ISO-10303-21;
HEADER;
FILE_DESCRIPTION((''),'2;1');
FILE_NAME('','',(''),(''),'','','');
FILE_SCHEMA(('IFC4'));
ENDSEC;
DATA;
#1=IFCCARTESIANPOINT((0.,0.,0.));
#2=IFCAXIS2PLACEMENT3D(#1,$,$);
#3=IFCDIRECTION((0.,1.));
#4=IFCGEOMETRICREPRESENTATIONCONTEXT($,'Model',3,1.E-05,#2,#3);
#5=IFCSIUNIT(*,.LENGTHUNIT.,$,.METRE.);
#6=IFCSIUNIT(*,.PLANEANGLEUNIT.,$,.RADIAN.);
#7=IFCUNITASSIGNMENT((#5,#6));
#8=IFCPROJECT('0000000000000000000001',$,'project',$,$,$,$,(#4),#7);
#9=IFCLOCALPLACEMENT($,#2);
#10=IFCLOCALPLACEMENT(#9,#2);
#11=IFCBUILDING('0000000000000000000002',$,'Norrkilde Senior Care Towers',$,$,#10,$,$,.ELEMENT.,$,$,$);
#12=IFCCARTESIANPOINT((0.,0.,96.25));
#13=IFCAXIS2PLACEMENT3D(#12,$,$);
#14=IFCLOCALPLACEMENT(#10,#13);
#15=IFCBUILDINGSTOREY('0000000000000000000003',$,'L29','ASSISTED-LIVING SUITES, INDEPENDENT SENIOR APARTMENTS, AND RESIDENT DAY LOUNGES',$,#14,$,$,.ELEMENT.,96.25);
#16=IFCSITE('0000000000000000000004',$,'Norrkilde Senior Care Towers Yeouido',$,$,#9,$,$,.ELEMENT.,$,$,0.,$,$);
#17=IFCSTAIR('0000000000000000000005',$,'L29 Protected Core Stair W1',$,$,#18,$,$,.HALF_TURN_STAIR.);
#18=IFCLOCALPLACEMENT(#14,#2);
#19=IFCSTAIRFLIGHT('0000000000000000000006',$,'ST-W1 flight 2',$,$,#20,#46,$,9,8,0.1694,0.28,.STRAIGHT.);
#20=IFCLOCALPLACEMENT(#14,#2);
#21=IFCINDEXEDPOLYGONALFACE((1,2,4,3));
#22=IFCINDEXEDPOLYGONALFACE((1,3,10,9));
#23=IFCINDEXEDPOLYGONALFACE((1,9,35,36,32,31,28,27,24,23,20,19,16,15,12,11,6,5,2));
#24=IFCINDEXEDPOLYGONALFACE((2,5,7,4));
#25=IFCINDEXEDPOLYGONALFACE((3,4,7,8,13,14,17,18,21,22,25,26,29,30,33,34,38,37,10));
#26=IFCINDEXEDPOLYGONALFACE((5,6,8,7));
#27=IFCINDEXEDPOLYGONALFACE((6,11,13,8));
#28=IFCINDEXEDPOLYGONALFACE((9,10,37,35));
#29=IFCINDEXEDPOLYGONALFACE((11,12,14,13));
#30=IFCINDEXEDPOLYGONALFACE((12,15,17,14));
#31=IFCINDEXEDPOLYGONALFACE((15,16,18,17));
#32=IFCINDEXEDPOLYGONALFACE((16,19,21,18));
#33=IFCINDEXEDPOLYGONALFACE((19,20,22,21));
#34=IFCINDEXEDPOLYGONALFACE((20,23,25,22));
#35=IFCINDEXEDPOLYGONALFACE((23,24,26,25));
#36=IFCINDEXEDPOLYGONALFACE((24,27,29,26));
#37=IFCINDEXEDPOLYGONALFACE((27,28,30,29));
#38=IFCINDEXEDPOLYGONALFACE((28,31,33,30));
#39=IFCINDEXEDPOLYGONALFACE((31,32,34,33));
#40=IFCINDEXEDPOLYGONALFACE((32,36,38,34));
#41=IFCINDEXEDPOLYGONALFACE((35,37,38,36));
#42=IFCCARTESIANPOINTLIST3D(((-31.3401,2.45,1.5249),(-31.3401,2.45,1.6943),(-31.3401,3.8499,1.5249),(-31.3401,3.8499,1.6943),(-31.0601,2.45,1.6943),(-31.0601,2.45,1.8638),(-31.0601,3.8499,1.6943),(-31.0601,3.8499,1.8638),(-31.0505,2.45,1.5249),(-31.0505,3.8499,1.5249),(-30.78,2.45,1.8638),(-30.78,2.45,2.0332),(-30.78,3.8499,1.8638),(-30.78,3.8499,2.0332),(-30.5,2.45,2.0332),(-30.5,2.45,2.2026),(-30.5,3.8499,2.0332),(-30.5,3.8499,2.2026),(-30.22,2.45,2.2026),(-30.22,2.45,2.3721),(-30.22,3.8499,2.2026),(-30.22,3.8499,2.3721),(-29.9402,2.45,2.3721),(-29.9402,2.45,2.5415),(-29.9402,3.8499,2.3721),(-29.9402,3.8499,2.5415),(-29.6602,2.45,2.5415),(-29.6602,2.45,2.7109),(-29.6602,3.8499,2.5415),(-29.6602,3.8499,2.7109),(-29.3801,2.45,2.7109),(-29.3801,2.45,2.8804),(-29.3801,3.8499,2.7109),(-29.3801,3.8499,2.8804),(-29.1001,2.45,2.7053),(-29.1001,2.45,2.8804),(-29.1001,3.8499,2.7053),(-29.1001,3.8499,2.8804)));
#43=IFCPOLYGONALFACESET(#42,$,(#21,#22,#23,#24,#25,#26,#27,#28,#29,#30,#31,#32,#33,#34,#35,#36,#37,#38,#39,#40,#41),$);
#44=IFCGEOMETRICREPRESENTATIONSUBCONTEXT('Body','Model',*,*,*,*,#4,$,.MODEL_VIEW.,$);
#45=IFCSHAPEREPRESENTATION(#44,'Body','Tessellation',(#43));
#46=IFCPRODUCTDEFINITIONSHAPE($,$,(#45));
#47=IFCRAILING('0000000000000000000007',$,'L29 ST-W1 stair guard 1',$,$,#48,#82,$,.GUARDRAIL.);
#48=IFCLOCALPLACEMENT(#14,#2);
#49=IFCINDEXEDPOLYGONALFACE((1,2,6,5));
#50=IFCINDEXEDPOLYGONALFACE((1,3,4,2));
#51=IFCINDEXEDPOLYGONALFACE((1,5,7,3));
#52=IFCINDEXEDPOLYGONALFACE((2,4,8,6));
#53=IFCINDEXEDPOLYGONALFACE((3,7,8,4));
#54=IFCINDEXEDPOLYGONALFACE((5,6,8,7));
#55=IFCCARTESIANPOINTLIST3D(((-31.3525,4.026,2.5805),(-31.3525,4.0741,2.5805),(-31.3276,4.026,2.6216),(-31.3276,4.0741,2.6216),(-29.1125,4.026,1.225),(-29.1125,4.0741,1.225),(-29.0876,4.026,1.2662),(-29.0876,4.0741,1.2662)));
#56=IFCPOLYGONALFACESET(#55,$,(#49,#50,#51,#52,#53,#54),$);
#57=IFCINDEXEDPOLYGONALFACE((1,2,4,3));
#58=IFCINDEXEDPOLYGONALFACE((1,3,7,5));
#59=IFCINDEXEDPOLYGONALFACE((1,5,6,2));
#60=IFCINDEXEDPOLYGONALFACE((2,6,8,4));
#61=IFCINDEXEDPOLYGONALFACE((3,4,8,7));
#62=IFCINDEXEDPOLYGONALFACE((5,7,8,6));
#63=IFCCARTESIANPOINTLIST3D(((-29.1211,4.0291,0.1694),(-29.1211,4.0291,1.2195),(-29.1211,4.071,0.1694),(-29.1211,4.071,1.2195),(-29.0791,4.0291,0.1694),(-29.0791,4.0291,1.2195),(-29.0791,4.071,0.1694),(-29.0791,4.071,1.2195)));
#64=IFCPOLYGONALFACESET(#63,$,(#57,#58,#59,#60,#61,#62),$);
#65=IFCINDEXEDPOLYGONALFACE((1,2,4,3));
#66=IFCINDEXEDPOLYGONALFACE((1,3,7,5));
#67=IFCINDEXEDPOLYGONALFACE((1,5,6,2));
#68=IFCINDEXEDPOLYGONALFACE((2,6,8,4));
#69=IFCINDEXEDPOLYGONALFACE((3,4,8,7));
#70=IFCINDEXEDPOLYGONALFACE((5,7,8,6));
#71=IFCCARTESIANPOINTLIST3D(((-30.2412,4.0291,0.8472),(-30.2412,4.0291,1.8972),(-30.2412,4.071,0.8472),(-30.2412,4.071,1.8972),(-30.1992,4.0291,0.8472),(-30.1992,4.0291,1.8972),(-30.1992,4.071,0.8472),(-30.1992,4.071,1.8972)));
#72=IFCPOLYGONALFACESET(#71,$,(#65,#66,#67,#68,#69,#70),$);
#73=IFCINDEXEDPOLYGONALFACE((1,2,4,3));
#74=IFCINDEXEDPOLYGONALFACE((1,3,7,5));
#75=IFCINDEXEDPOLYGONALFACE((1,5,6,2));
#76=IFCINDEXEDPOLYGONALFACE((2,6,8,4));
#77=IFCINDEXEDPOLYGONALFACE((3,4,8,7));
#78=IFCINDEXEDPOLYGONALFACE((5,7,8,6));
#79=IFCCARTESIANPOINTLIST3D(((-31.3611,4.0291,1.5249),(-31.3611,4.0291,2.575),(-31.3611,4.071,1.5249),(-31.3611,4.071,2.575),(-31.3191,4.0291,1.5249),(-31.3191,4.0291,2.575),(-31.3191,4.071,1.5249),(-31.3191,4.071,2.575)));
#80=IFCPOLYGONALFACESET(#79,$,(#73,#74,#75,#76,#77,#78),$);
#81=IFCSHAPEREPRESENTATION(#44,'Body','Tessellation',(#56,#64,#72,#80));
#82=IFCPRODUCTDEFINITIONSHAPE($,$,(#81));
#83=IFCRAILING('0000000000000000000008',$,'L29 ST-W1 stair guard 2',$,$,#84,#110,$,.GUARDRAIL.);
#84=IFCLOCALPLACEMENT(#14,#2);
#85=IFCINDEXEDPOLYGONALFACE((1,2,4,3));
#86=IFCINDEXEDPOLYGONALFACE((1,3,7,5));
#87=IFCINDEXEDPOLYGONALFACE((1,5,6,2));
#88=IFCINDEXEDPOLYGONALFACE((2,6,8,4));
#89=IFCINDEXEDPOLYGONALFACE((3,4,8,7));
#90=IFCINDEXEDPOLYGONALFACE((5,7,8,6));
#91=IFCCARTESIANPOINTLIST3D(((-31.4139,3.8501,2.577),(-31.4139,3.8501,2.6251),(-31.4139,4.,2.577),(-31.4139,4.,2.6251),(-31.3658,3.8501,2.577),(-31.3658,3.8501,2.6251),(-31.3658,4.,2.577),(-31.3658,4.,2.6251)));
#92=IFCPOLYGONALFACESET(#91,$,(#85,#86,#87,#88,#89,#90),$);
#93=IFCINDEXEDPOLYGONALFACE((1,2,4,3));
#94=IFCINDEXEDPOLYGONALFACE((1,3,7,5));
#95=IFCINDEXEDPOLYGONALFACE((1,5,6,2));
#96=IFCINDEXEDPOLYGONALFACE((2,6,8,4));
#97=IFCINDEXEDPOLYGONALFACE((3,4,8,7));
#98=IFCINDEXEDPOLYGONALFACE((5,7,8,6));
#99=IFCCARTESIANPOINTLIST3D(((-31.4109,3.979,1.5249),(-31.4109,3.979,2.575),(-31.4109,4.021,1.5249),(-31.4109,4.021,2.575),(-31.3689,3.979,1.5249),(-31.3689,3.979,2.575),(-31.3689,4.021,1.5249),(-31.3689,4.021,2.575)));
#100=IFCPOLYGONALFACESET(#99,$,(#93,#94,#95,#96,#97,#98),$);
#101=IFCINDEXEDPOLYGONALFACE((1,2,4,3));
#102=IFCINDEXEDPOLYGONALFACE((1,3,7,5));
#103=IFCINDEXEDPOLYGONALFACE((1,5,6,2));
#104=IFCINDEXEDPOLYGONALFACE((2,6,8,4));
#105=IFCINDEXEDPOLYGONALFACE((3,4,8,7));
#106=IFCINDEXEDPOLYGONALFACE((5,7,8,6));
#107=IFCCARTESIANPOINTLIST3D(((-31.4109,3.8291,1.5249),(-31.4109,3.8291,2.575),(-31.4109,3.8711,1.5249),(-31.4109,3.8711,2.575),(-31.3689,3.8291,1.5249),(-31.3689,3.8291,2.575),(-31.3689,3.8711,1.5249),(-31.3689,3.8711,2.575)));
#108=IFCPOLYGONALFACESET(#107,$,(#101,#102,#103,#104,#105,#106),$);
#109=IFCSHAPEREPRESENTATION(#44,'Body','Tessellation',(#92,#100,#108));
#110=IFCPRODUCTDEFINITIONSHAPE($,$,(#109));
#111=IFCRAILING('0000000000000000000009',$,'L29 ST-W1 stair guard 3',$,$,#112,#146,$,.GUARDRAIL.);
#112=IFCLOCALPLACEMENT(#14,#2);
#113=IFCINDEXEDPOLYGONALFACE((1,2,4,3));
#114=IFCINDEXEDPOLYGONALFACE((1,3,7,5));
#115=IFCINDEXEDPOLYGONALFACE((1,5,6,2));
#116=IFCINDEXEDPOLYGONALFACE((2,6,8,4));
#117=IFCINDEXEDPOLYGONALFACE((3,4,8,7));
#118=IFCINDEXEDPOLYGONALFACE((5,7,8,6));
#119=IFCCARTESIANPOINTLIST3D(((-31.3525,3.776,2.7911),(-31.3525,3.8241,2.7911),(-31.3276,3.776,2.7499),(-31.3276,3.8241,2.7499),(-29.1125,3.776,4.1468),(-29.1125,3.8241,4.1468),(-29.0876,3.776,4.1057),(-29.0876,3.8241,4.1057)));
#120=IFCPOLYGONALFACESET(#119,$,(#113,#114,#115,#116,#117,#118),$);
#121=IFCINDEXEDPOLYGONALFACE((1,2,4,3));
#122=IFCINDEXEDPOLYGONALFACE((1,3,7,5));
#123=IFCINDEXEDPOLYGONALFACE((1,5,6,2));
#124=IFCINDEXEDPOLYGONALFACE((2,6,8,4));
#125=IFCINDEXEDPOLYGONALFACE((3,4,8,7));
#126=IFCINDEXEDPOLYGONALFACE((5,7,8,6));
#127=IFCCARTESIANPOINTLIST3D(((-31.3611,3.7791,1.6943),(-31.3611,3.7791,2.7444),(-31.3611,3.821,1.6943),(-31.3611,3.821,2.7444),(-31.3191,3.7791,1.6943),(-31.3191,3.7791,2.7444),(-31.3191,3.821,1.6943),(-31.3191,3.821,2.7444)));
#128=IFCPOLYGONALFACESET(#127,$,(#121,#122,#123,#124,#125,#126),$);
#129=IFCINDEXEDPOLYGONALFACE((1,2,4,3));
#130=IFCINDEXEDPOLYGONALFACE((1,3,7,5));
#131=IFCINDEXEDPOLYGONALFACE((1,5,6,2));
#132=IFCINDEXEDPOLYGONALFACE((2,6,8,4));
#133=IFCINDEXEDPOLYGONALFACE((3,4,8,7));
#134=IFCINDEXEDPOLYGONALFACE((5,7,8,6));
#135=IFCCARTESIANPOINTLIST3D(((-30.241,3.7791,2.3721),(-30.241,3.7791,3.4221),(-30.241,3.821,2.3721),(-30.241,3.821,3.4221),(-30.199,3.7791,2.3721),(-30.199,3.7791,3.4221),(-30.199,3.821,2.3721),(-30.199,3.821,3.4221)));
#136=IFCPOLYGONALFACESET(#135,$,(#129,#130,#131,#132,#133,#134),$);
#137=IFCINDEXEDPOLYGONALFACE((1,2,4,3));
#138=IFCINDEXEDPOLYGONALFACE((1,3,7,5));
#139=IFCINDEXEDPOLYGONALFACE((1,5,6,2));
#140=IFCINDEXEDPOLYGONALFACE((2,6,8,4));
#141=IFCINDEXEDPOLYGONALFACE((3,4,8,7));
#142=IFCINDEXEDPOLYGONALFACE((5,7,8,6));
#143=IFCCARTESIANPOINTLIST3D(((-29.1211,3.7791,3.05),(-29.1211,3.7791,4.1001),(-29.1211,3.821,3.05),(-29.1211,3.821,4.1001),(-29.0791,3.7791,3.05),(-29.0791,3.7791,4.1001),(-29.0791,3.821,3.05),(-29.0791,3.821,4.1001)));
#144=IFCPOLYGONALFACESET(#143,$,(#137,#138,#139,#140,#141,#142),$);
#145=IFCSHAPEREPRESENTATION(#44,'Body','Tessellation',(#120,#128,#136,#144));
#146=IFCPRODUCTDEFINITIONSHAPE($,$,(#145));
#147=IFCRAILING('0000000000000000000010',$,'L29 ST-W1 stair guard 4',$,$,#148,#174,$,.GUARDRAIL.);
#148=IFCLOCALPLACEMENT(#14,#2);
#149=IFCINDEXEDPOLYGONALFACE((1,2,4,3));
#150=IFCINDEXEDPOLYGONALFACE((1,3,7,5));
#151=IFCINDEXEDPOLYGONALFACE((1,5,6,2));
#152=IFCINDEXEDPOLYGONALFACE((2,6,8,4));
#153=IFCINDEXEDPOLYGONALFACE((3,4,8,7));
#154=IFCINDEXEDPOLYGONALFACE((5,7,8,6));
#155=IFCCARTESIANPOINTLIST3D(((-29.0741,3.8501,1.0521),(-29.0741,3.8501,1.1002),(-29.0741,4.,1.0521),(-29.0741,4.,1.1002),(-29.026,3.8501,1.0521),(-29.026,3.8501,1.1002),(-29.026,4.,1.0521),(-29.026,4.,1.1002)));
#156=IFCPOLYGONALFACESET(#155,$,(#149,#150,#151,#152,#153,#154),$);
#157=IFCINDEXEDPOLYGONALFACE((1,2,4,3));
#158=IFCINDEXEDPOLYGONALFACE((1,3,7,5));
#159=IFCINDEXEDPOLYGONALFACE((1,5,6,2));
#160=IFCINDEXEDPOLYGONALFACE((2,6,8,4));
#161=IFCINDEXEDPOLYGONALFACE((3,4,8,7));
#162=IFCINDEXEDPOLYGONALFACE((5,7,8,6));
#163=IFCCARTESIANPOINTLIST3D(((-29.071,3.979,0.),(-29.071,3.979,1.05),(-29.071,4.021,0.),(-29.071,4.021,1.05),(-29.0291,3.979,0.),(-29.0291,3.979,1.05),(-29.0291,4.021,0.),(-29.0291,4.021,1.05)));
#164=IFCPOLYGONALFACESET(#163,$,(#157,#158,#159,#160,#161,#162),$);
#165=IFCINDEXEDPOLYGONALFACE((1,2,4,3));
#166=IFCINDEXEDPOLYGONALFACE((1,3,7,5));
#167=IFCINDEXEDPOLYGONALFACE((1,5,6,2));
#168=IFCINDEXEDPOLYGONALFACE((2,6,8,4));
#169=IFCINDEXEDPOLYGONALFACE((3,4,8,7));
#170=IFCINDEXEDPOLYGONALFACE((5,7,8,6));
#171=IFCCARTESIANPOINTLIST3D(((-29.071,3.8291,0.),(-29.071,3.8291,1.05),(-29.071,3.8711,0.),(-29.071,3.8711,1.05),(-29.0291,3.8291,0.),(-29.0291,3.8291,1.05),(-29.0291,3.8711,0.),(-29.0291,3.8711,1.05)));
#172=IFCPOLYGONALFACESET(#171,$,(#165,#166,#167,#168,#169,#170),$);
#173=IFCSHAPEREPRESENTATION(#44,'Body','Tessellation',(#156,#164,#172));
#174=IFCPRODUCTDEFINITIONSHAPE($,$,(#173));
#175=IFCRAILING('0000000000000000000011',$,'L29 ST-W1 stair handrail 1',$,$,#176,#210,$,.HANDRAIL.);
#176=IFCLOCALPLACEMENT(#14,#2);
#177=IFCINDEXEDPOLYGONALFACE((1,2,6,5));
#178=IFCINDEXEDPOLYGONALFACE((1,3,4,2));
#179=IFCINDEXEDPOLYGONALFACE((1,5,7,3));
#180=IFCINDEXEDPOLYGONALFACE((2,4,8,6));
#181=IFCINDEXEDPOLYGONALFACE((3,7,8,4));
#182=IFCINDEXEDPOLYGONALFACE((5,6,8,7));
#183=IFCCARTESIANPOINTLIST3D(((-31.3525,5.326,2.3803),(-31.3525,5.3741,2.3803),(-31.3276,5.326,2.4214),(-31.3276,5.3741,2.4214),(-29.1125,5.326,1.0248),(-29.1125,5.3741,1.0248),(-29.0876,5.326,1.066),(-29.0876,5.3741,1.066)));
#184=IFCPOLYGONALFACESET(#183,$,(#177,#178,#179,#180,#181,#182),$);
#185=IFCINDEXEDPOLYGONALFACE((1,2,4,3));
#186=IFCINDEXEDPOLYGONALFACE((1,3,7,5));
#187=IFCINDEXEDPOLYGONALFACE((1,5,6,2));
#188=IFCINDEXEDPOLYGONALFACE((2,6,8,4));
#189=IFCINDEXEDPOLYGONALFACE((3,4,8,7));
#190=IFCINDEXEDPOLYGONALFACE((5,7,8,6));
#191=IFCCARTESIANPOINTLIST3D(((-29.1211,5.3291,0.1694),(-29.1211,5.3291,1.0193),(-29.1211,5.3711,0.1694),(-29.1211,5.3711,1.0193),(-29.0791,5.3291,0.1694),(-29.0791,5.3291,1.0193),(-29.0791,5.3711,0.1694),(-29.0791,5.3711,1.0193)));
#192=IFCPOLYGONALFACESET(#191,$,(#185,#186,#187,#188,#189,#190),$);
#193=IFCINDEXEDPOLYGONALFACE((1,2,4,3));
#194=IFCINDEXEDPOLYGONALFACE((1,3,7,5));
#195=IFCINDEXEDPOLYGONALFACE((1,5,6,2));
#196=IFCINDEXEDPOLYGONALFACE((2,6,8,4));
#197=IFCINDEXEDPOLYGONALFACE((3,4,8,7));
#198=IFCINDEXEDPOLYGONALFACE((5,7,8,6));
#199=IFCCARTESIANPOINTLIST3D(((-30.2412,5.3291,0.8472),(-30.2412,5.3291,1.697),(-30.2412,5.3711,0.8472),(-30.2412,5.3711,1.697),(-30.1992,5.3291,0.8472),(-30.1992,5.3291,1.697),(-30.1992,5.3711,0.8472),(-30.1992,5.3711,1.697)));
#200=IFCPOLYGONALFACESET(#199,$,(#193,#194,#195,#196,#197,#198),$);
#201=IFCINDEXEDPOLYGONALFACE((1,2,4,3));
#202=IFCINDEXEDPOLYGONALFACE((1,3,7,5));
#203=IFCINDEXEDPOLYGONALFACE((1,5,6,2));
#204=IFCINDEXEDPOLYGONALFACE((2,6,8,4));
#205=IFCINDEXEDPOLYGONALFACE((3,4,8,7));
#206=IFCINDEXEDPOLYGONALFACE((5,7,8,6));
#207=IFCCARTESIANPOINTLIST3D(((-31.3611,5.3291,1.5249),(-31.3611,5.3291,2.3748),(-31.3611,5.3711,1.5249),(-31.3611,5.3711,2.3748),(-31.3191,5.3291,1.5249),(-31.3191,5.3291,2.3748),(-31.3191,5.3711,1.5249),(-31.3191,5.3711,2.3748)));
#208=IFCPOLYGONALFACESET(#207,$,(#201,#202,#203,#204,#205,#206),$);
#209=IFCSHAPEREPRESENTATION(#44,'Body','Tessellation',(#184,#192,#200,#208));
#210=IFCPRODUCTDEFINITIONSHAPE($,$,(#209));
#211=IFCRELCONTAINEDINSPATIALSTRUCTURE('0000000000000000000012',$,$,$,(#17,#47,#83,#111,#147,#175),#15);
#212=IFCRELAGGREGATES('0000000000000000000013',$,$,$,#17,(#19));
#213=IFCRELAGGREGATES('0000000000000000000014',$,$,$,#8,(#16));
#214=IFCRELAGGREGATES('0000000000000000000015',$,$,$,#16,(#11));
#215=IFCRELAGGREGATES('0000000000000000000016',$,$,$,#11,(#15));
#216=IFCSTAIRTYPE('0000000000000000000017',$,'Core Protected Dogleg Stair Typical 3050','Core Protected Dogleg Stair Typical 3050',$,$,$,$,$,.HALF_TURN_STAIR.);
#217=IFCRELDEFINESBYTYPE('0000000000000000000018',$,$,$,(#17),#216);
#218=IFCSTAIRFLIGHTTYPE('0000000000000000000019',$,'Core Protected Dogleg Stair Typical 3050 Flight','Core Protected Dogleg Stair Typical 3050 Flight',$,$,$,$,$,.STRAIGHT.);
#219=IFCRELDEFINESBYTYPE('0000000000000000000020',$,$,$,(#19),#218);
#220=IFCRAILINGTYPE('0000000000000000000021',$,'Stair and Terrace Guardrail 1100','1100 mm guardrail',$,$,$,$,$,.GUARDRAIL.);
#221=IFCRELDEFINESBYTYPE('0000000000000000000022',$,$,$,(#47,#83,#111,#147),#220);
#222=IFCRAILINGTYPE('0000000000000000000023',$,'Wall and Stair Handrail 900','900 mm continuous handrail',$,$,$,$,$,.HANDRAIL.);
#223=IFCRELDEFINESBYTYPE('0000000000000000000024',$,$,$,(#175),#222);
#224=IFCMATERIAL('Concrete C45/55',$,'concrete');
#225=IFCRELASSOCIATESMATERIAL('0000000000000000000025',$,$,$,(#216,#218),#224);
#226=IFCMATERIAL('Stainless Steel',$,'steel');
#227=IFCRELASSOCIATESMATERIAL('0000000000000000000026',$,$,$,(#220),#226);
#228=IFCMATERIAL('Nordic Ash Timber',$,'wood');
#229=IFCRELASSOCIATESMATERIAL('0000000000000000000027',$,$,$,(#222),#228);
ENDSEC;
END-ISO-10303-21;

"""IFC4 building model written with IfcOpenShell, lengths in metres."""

from ifc_helpers import new_model, si_unit, direction, frame, origin, origin_2d, place, context, subcontext, project, spatial, polyline, rectangle, outline, extrude, material, type_object, element, aggregate, save


model = new_model("IFC4")

# Units and contexts
model_context = context("Model", 3, precision=1e-05, world=origin(), true_north=direction((0.0, 1.0)))
body_context = subcontext(model_context, "Body", "Model", "MODEL_VIEW")
ifc_project = project(units=[si_unit("LENGTHUNIT", "METRE"), si_unit("PLANEANGLEUNIT", "RADIAN")], contexts=[model_context])

# Site, building, storey
site_placement = place(None, origin())
site = spatial("IfcSite", under=ifc_project, at=site_placement, Name="Norrkilde Senior Care Towers Yeouido", CompositionType="ELEMENT", RefElevation=0.0)
building_placement = place(site_placement, origin())
building = spatial("IfcBuilding", under=site, at=building_placement, Name="Norrkilde Senior Care Towers", CompositionType="ELEMENT")
storey_placement = place(building_placement, frame((0.0, 0.0, 96.25)))
storey = spatial("IfcBuildingStorey", under=building, at=storey_placement, Name="L29", Description="ASSISTED-LIVING SUITES, INDEPENDENT SENIOR APARTMENTS, AND RESIDENT DAY LOUNGES", CompositionType="ELEMENT", Elevation=96.25)

# Shared definitions
ifc_material_1 = material(Name="Concrete C45/55", Category="concrete")

# Stair, stair flight
stair_type = type_object("IfcStairType", Name="Core Protected Dogleg Stair Typical 3050", Description="Core Protected Dogleg Stair Typical 3050", PredefinedType="HALF_TURN_STAIR", material=ifc_material_1)
stair_placement = place(storey_placement, origin())
stair = element("IfcStair", 1, at=stair_placement, inside=storey, type_object=stair_type, Name="L29 Protected Core Stair W1", PredefinedType="HALF_TURN_STAIR")
stair_flight_type = type_object("IfcStairFlightType", Name="Core Protected Dogleg Stair Typical 3050 Flight", Description="Core Protected Dogleg Stair Typical 3050 Flight", PredefinedType="STRAIGHT", material=ifc_material_1)
stair_flight_1_placement = place(storey_placement, frame((-31.3401, 3.1499, 1.5249), z_axis=(0.0, 0.0, 1.0), x_axis=(1.0, 0.0, 0.0)))
stair_flight_1 = element("IfcStairFlight", 2, at=stair_flight_1_placement, type_object=stair_flight_type, Name="ST-W1 flight 2", NumberOfRisers=9, NumberOfTreads=8, PredefinedType="STRAIGHT", RiserHeight=0.1694, TreadLength=0.28, context=body_context, shape_type="SweptSolid", body=[
    extrude(outline(polyline([(0.0, 0.0), (0.0, 0.1694), (0.28, 0.1694), (0.28, 0.3389), (0.5601, 0.3389), (0.5601, 0.5083), (0.8401, 0.5083), (0.8401, 0.6777), (1.1201, 0.6777), (1.1201, 0.8472), (1.3999, 0.8472), (1.3999, 1.0166), (1.6799, 1.0166), (1.6799, 1.186), (1.96, 1.186), (1.96, 1.3555), (2.24, 1.3555), (2.24, 1.5249), (2.24, 1.1804), (0.2896, 0.0), (0.0, 0.0)])), frame((0.0, 0.7, 0.0), z_axis=(0.0, -1.0, 0.0), x_axis=(1.0, 0.0, 0.0)), (0.0, 0.0, 1.0), 1.3999),
])
aggregate(stair, [stair_flight_1])

# Railings
ifc_material_2 = material(Name="Stainless Steel", Category="steel")
railing_type_1 = type_object("IfcRailingType", Name="Stair and Terrace Guardrail 1100", Description="1100 mm guardrail", PredefinedType="GUARDRAIL", material=ifc_material_2)
railing_1_placement = place(storey_placement, frame((-29.1001, 4.05, 0.1694)))
element("IfcRailing", 3, at=railing_1_placement, inside=storey, type_object=railing_type_1, Name="L29 ST-W1 stair guard 1", PredefinedType="GUARDRAIL", context=body_context, shape_type="SweptSolid", body=[
    extrude(rectangle(XDim=0.0481, YDim=0.0481, at=origin_2d()), frame((0.0, 0.0, 1.0762), z_axis=(-0.855553, 0.0, 0.517715), x_axis=(0.0, -1.0, 0.0)), (0.0, 0.0, 1.0), 2.6182),
    extrude(rectangle(XDim=0.042, YDim=0.042, at=origin_2d()), origin(), (0.0, 0.0, 1.0), 1.05),
    extrude(rectangle(XDim=0.042, YDim=0.042, at=origin_2d()), frame((-1.1201, 0.0, 0.6777)), (0.0, 0.0, 1.0), 1.05),
    extrude(rectangle(XDim=0.042, YDim=0.042, at=origin_2d()), frame((-2.24, 0.0, 1.3555)), (0.0, 0.0, 1.0), 1.05),
])
railing_2_placement = place(storey_placement, frame((-31.3899, 4.0, 1.5249)))
element("IfcRailing", 4, at=railing_2_placement, inside=storey, type_object=railing_type_1, Name="L29 ST-W1 stair guard 2", PredefinedType="GUARDRAIL", context=body_context, shape_type="SweptSolid", body=[
    extrude(rectangle(XDim=0.0481, YDim=0.0481, at=origin_2d()), frame((0.0, 0.0, 1.0762), z_axis=(0.0, -1.0, 0.0), x_axis=(1.0, 0.0, 0.0)), (0.0, 0.0, 1.0), 0.1499),
    extrude(rectangle(XDim=0.042, YDim=0.042, at=origin_2d()), origin(), (0.0, 0.0, 1.0), 1.05),
    extrude(rectangle(XDim=0.042, YDim=0.042, at=origin_2d()), frame((0.0, -0.1499, 0.0)), (0.0, 0.0, 1.0), 1.05),
])
railing_3_placement = place(storey_placement, frame((-31.3401, 3.8, 1.6943)))
element("IfcRailing", 5, at=railing_3_placement, inside=storey, type_object=railing_type_1, Name="L29 ST-W1 stair guard 3", PredefinedType="GUARDRAIL", context=body_context, shape_type="SweptSolid", body=[
    extrude(rectangle(XDim=0.0481, YDim=0.0481, at=origin_2d()), frame((0.0, 0.0, 1.0762), z_axis=(0.855512, 0.0, 0.517783), x_axis=(0.0, 1.0, 0.0)), (0.0, 0.0, 1.0), 2.6184),
    extrude(rectangle(XDim=0.042, YDim=0.042, at=origin_2d()), origin(), (0.0, 0.0, 1.0), 1.05),
    extrude(rectangle(XDim=0.042, YDim=0.042, at=origin_2d()), frame((1.1201, 0.0, 0.6777)), (0.0, 0.0, 1.0), 1.05),
    extrude(rectangle(XDim=0.042, YDim=0.042, at=origin_2d()), frame((2.24, 0.0, 1.3557)), (0.0, 0.0, 1.0), 1.05),
])
railing_4_placement = place(storey_placement, frame((-29.05, 4.0, 0.0)))
element("IfcRailing", 6, at=railing_4_placement, inside=storey, type_object=railing_type_1, Name="L29 ST-W1 stair guard 4", PredefinedType="GUARDRAIL", context=body_context, shape_type="SweptSolid", body=[
    extrude(rectangle(XDim=0.0481, YDim=0.0481, at=origin_2d()), frame((0.0, 0.0, 1.0762), z_axis=(0.0, -1.0, 0.0), x_axis=(1.0, 0.0, 0.0)), (0.0, 0.0, 1.0), 0.1499),
    extrude(rectangle(XDim=0.042, YDim=0.042, at=origin_2d()), origin(), (0.0, 0.0, 1.0), 1.05),
    extrude(rectangle(XDim=0.042, YDim=0.042, at=origin_2d()), frame((0.0, -0.1499, 0.0)), (0.0, 0.0, 1.0), 1.05),
])
ifc_material_3 = material(Name="Nordic Ash Timber", Category="wood")
railing_type_2 = type_object("IfcRailingType", Name="Wall and Stair Handrail 900", Description="900 mm continuous handrail", PredefinedType="HANDRAIL", material=ifc_material_3)
railing_5_placement = place(storey_placement, frame((-29.1001, 5.3501, 0.1694)))
element("IfcRailing", 7, at=railing_5_placement, inside=storey, type_object=railing_type_2, Name="L29 ST-W1 stair handrail 1", PredefinedType="HANDRAIL", context=body_context, shape_type="SweptSolid", body=[
    extrude(rectangle(XDim=0.0481, YDim=0.0481, at=origin_2d()), frame((0.0, 0.0, 0.876), z_axis=(-0.855553, 0.0, 0.517715), x_axis=(0.0, -1.0, 0.0)), (0.0, 0.0, 1.0), 2.6182),
    extrude(rectangle(XDim=0.042, YDim=0.042, at=origin_2d()), origin(), (0.0, 0.0, 1.0), 0.8499),
    extrude(rectangle(XDim=0.042, YDim=0.042, at=origin_2d()), frame((-1.1201, 0.0, 0.6777)), (0.0, 0.0, 1.0), 0.8499),
    extrude(rectangle(XDim=0.042, YDim=0.042, at=origin_2d()), frame((-2.24, 0.0, 1.3555)), (0.0, 0.0, 1.0), 0.8499),
])

save(model, "model.ifc")
